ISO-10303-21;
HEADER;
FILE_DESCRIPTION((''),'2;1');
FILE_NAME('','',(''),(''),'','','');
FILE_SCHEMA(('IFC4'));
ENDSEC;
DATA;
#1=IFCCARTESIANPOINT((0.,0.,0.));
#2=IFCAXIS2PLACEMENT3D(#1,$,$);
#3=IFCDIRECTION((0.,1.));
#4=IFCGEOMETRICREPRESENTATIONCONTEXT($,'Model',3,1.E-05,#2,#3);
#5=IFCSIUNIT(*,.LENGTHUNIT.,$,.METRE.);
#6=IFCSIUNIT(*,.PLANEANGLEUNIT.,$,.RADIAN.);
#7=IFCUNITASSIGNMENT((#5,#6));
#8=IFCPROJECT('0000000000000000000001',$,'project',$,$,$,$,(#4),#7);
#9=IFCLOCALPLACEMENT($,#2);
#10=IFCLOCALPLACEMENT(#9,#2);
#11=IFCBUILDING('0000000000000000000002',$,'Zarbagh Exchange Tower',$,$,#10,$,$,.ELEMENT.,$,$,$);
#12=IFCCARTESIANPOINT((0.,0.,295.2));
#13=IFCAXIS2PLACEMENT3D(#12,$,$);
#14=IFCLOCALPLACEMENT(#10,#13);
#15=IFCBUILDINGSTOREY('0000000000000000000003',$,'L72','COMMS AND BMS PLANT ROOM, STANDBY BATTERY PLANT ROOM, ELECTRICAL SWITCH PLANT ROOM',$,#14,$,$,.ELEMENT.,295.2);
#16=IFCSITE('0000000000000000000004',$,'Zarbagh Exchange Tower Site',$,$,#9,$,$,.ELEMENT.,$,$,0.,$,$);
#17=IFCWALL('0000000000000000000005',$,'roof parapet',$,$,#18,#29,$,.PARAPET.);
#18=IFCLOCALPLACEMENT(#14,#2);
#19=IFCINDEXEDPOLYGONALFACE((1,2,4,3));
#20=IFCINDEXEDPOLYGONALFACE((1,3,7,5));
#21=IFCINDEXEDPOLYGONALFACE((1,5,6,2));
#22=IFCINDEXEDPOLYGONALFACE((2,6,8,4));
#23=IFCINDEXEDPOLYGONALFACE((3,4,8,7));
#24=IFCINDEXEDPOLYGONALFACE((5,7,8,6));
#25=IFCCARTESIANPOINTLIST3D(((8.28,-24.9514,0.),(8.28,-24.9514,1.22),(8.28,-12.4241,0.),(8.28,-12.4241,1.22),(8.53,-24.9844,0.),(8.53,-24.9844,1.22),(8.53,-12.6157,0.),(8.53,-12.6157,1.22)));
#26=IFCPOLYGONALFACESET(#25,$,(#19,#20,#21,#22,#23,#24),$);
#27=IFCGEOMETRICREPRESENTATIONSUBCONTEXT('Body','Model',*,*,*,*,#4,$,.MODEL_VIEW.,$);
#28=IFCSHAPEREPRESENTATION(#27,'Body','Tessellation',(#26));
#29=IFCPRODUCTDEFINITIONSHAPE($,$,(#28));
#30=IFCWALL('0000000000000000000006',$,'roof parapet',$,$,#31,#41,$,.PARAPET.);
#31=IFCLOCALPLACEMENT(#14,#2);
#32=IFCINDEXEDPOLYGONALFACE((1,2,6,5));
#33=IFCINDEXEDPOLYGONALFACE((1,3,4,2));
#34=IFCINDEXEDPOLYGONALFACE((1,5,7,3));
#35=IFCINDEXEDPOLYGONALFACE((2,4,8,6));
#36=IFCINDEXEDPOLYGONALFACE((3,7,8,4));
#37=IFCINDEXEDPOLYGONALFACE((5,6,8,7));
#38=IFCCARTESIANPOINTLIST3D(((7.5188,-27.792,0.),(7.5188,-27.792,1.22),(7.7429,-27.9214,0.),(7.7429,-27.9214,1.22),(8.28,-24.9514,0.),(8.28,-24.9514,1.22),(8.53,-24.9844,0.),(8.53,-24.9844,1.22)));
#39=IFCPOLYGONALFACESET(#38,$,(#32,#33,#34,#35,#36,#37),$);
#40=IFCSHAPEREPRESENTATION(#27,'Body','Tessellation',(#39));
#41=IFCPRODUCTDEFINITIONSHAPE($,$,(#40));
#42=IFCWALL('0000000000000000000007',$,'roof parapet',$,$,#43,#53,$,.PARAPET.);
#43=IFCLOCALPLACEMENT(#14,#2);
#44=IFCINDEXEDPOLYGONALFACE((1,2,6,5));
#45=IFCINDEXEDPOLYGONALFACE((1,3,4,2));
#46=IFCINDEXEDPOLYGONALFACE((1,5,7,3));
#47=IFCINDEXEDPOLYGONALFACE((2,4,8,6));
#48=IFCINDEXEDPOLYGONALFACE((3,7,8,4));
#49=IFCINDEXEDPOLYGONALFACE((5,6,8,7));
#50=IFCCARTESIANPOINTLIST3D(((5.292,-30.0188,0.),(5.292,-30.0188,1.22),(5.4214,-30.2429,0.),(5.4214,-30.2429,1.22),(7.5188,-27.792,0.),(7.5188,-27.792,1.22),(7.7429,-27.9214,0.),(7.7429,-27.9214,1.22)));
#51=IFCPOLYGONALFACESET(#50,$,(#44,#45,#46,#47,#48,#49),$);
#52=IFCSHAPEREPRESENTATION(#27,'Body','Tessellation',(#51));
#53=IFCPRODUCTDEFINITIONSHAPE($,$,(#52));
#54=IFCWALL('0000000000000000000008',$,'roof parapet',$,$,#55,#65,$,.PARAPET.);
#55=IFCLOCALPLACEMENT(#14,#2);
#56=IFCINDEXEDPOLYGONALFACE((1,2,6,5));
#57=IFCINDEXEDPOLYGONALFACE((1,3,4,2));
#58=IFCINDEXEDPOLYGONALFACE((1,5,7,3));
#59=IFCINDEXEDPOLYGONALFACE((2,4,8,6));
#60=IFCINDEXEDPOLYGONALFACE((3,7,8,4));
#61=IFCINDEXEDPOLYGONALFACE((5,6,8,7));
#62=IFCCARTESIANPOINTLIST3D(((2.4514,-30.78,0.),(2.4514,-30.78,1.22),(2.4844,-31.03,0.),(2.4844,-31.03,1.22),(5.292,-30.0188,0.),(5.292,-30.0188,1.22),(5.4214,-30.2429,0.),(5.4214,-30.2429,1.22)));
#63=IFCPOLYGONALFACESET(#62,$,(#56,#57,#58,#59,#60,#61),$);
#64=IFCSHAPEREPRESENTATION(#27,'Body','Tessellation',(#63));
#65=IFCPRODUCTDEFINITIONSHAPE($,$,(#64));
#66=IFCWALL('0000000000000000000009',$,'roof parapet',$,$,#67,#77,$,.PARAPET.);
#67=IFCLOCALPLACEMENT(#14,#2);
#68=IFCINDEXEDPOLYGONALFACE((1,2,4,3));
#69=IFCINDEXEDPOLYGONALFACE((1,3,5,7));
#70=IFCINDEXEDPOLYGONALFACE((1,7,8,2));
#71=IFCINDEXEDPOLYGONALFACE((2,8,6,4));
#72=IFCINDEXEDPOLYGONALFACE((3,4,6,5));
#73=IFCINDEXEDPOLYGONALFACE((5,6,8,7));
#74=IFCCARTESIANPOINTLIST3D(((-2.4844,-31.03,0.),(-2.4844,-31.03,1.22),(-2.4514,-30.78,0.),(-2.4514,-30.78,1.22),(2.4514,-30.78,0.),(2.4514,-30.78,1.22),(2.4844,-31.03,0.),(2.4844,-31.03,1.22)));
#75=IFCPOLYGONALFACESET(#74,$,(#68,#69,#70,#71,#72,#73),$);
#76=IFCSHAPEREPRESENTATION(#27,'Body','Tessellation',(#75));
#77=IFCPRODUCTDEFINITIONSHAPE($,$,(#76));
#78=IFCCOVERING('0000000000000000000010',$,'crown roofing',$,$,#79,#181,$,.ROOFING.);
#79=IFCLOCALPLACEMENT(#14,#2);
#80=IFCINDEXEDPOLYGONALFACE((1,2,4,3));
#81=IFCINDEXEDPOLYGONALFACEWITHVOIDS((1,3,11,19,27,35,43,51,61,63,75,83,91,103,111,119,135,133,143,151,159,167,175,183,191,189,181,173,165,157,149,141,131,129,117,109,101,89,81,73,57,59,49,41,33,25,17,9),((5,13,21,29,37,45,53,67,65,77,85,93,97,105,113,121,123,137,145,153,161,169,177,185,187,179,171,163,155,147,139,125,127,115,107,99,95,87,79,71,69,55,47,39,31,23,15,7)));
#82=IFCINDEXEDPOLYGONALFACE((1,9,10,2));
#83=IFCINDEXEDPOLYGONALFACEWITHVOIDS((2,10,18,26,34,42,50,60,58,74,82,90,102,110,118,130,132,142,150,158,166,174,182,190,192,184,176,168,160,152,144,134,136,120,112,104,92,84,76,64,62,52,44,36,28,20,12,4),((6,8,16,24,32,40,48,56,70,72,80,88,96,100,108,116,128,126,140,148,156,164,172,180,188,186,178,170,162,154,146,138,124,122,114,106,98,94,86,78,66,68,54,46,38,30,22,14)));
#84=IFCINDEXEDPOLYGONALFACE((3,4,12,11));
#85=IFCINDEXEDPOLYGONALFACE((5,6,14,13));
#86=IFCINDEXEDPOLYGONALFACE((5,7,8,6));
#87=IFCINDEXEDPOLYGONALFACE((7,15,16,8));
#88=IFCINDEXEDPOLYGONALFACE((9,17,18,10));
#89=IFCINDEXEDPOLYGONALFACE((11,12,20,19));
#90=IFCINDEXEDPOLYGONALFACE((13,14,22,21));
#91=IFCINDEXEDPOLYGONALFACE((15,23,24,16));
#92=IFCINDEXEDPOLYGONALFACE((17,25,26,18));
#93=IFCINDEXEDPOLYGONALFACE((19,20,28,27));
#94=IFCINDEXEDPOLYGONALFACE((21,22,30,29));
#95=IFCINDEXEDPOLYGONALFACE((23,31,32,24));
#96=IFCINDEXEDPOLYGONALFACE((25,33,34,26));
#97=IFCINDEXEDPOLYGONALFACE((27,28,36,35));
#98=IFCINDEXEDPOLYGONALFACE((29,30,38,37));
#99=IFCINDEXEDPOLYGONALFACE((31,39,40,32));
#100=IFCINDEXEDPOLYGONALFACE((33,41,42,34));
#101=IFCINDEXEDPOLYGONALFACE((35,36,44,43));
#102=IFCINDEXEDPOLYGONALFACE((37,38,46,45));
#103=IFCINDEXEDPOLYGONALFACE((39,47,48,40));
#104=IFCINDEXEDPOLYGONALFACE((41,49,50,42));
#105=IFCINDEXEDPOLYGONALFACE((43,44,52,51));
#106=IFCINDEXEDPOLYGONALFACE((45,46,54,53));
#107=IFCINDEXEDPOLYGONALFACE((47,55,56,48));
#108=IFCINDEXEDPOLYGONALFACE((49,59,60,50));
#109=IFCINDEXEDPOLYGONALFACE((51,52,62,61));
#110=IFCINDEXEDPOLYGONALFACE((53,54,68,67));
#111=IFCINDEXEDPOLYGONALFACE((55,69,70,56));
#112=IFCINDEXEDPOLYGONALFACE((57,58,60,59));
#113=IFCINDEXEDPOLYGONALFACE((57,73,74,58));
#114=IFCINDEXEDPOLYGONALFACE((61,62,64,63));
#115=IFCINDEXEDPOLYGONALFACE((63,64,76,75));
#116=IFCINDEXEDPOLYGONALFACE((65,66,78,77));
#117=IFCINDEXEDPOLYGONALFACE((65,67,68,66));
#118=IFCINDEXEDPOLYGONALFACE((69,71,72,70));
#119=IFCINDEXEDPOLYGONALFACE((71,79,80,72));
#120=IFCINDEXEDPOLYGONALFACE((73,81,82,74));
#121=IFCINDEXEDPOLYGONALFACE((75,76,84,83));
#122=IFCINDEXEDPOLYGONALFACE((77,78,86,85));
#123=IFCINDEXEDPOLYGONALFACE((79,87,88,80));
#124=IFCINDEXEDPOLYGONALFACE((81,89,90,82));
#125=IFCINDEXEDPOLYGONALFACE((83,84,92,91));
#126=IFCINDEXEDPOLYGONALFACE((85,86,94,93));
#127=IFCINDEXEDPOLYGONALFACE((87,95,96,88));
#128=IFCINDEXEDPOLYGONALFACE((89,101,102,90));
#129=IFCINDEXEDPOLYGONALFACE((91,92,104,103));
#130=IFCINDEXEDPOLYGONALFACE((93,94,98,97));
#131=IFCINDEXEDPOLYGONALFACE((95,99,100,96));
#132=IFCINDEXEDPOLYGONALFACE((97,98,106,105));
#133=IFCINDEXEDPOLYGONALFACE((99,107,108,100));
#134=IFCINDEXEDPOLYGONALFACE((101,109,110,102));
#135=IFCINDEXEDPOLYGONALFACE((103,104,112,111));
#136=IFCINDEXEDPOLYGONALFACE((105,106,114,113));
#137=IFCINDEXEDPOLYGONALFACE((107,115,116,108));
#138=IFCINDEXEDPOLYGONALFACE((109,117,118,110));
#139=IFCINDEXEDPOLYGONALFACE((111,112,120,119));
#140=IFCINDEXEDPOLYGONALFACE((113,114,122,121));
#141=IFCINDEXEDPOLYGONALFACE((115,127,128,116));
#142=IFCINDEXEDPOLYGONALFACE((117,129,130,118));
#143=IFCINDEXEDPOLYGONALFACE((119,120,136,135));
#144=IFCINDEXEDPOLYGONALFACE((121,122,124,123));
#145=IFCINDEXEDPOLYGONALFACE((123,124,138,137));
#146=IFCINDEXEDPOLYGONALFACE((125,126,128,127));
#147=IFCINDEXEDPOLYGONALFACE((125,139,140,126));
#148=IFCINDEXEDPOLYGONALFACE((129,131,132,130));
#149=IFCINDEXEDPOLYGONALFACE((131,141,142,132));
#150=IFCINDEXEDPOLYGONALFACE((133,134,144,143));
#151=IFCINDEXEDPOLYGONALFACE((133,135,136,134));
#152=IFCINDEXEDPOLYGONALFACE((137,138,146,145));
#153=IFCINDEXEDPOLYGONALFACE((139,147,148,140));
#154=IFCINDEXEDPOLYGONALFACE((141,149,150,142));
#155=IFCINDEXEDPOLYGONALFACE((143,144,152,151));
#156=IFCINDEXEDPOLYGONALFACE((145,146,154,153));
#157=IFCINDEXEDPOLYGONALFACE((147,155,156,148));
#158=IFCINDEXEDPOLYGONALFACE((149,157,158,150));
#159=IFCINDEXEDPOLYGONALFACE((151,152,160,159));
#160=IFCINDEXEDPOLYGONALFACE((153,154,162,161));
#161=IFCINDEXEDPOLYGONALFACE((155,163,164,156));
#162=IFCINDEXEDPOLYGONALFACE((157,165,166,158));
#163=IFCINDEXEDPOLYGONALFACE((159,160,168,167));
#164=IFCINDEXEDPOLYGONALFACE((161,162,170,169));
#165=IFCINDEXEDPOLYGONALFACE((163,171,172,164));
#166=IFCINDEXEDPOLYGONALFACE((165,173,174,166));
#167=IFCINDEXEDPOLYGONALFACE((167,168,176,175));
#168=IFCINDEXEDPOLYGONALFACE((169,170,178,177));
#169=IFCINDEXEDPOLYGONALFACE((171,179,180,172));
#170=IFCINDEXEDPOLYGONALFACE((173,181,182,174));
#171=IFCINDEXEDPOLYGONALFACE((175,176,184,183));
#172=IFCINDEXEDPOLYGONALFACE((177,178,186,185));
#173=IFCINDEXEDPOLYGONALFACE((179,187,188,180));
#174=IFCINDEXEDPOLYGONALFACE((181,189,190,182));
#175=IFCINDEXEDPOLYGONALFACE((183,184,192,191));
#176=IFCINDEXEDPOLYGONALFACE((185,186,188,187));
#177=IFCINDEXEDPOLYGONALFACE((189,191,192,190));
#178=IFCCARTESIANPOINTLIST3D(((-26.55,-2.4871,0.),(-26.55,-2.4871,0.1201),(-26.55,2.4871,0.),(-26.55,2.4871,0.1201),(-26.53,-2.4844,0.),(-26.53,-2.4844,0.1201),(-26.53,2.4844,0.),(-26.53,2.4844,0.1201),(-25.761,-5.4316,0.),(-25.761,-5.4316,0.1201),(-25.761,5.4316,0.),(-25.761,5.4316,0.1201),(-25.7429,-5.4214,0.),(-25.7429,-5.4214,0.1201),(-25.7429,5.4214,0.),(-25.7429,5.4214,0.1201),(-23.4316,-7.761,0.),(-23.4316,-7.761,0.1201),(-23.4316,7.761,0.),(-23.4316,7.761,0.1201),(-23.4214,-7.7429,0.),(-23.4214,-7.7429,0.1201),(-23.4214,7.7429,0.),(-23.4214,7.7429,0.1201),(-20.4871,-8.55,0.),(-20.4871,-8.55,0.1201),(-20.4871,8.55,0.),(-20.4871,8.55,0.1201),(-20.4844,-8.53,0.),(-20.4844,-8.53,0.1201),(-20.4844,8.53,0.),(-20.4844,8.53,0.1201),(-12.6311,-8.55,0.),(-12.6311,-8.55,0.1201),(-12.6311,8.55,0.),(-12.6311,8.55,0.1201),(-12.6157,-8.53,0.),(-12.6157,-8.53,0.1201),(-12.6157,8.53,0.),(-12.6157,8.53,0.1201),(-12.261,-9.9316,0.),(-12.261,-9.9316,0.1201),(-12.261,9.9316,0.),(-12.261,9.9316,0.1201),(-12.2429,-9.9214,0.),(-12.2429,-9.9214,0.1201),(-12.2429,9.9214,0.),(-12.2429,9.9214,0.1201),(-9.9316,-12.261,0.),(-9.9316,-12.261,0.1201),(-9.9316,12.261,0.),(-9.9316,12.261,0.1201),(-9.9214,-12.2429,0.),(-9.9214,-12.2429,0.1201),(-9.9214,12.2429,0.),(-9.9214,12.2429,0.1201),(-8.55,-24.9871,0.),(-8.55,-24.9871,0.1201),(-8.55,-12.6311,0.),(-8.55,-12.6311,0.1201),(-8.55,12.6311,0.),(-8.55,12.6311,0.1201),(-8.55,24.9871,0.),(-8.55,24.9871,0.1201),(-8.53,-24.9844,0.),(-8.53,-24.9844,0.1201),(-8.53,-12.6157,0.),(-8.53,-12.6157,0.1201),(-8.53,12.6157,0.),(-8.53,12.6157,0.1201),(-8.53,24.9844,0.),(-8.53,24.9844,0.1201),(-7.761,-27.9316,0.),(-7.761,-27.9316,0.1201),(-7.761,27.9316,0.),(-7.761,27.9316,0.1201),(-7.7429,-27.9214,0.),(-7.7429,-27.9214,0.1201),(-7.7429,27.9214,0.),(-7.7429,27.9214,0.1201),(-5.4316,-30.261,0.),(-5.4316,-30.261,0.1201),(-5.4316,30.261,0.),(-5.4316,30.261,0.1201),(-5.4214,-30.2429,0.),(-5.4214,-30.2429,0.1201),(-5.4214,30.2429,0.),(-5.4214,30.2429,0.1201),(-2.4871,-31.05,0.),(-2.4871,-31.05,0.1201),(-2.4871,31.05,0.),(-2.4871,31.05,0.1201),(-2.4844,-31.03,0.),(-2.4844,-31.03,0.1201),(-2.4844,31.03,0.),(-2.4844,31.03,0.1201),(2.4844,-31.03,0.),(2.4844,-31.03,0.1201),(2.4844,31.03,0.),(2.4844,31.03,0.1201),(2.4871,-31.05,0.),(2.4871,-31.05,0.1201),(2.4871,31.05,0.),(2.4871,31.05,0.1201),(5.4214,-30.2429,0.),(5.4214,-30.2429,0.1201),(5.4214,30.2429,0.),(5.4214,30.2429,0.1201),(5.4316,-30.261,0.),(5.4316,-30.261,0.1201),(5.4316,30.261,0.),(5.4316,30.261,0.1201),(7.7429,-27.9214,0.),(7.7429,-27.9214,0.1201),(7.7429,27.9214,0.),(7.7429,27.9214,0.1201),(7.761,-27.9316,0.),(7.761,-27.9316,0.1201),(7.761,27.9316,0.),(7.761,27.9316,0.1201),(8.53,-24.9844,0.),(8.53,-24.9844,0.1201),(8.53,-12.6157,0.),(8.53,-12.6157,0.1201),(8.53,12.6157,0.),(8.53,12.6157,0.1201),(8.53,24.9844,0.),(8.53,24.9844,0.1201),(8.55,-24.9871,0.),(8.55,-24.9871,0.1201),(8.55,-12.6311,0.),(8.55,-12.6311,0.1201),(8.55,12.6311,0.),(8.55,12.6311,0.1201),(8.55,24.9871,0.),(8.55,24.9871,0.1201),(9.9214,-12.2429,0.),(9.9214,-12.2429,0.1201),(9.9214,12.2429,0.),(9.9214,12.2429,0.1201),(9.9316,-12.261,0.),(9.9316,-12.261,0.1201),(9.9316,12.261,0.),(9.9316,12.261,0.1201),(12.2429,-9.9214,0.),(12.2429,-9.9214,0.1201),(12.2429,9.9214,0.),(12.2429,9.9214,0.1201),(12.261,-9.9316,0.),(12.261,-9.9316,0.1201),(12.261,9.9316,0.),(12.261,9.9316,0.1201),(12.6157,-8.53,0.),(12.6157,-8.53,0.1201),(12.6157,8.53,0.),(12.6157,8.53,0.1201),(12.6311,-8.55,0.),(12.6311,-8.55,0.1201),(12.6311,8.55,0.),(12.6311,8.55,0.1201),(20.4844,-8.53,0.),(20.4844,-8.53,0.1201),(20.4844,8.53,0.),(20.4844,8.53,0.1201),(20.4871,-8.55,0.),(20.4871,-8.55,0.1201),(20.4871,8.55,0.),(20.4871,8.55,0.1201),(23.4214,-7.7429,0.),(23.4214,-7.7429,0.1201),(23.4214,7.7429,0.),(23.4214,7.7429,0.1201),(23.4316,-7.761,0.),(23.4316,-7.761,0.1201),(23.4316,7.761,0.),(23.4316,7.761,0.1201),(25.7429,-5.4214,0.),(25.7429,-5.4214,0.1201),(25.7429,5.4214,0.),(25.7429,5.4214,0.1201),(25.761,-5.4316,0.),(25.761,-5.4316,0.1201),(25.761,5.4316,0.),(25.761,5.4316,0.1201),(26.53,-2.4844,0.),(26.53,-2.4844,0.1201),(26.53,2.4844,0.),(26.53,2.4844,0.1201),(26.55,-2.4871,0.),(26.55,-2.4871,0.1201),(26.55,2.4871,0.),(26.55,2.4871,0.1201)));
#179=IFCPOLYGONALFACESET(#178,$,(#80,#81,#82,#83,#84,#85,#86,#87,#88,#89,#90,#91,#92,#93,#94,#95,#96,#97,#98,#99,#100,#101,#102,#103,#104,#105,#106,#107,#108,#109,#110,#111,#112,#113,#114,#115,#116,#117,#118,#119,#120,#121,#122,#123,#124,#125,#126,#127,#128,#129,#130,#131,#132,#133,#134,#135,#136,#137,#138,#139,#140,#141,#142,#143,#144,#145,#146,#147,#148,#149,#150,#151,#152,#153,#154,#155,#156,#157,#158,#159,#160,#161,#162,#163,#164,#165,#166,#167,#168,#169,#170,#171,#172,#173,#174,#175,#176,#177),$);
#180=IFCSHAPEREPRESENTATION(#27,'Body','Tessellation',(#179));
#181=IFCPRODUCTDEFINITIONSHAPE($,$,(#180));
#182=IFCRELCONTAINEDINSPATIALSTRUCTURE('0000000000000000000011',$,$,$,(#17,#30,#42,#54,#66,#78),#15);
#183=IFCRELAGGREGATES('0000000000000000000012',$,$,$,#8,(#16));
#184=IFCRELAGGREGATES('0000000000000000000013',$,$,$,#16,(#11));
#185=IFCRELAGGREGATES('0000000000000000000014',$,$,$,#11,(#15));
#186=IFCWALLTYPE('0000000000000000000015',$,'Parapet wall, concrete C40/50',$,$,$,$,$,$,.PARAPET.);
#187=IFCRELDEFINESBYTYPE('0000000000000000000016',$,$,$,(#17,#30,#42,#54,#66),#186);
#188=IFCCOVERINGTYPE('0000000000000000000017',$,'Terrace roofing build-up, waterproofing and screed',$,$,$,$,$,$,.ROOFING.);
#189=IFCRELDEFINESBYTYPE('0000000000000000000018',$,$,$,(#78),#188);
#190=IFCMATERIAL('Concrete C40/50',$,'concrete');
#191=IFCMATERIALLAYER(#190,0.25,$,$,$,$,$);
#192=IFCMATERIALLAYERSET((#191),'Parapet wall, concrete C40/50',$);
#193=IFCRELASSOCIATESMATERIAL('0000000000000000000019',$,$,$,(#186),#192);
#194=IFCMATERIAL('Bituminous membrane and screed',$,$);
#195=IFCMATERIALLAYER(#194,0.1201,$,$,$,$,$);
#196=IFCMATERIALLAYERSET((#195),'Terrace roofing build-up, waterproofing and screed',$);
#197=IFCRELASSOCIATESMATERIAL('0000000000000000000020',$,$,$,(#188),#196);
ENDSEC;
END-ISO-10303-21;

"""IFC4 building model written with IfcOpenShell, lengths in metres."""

from ifc_helpers import new_model, si_unit, direction, frame, origin, place, context, subcontext, project, spatial, polyline, outline, extrude, material, layer, layer_set, type_object, element, save


model = new_model("IFC4")

# Units and contexts
model_context = context("Model", 3, precision=1e-05, world=origin(), true_north=direction((0.0, 1.0)))
body_context = subcontext(model_context, "Body", "Model", "MODEL_VIEW")
ifc_project = project(units=[si_unit("LENGTHUNIT", "METRE"), si_unit("PLANEANGLEUNIT", "RADIAN")], contexts=[model_context])

# Site, building, storey
site_placement = place(None, origin())
site = spatial("IfcSite", under=ifc_project, at=site_placement, Name="Zarbagh Exchange Tower Site", CompositionType="ELEMENT", RefElevation=0.0)
building_placement = place(site_placement, origin())
building = spatial("IfcBuilding", under=site, at=building_placement, Name="Zarbagh Exchange Tower", CompositionType="ELEMENT")
storey_placement = place(building_placement, frame((0.0, 0.0, 295.2)))
storey = spatial("IfcBuildingStorey", under=building, at=storey_placement, Name="L72", Description="COMMS AND BMS PLANT ROOM, STANDBY BATTERY PLANT ROOM, ELECTRICAL SWITCH PLANT ROOM", CompositionType="ELEMENT", Elevation=295.2)

# Walls
ifc_material_1 = material(Name="Concrete C40/50", Category="concrete")
ifc_layer_1 = layer(ifc_material_1, 0.25)
ifc_layer_set_1 = layer_set([ifc_layer_1], Name="Parapet wall, concrete C40/50")
wall_type = type_object("IfcWallType", Name="Parapet wall, concrete C40/50", PredefinedType="PARAPET", material=ifc_layer_set_1)
wall_1_placement = place(storey_placement, origin())
element("IfcWall", 1, at=wall_1_placement, inside=storey, type_object=wall_type, Name="roof parapet", PredefinedType="PARAPET", context=body_context, shape_type="SweptSolid", body=[
    extrude(outline(polyline([(8.53, -12.6157), (8.53, -24.9844), (8.28, -24.9514), (8.28, -12.4241), (8.53, -12.6157)])), origin(), (0.0, 0.0, 1.0), 1.22),
])
wall_2_placement = place(storey_placement, origin())
element("IfcWall", 2, at=wall_2_placement, inside=storey, type_object=wall_type, Name="roof parapet", PredefinedType="PARAPET", context=body_context, shape_type="SweptSolid", body=[
    extrude(outline(polyline([(8.53, -24.9844), (7.7429, -27.9214), (7.5188, -27.792), (8.28, -24.9514), (8.53, -24.9844)])), origin(), (0.0, 0.0, 1.0), 1.22),
])
wall_3_placement = place(storey_placement, origin())
element("IfcWall", 3, at=wall_3_placement, inside=storey, type_object=wall_type, Name="roof parapet", PredefinedType="PARAPET", context=body_context, shape_type="SweptSolid", body=[
    extrude(outline(polyline([(7.7429, -27.9214), (5.4214, -30.2429), (5.292, -30.0188), (7.5188, -27.792), (7.7429, -27.9214)])), origin(), (0.0, 0.0, 1.0), 1.22),
])
wall_4_placement = place(storey_placement, origin())
element("IfcWall", 4, at=wall_4_placement, inside=storey, type_object=wall_type, Name="roof parapet", PredefinedType="PARAPET", context=body_context, shape_type="SweptSolid", body=[
    extrude(outline(polyline([(5.4214, -30.2429), (2.4844, -31.03), (2.4514, -30.78), (5.292, -30.0188), (5.4214, -30.2429)])), origin(), (0.0, 0.0, 1.0), 1.22),
])
wall_5_placement = place(storey_placement, origin())
element("IfcWall", 5, at=wall_5_placement, inside=storey, type_object=wall_type, Name="roof parapet", PredefinedType="PARAPET", context=body_context, shape_type="SweptSolid", body=[
    extrude(outline(polyline([(2.4844, -31.03), (-2.4844, -31.03), (-2.4514, -30.78), (2.4514, -30.78), (2.4844, -31.03)])), origin(), (0.0, 0.0, 1.0), 1.22),
])

# Covering
ifc_material_2 = material(Name="Bituminous membrane and screed")
ifc_layer_2 = layer(ifc_material_2, 0.1201)
ifc_layer_set_2 = layer_set([ifc_layer_2], Name="Terrace roofing build-up, waterproofing and screed")
covering_type = type_object("IfcCoveringType", Name="Terrace roofing build-up, waterproofing and screed", PredefinedType="ROOFING", material=ifc_layer_set_2)
covering_placement = place(storey_placement, origin())
element("IfcCovering", 6, at=covering_placement, inside=storey, type_object=covering_type, Name="crown roofing", PredefinedType="ROOFING", context=body_context, shape_type="SweptSolid", body=[
    extrude(outline(polyline([(-5.4316, -30.261), (-7.761, -27.9316), (-8.55, -24.9871), (-8.55, -12.6311), (-9.9316, -12.261), (-12.261, -9.9316), (-12.6311, -8.55), (-20.4871, -8.55), (-23.4316, -7.761), (-25.761, -5.4316), (-26.55, -2.4871), (-26.55, 2.4871), (-25.761, 5.4316), (-23.4316, 7.761), (-20.4871, 8.55), (-12.6311, 8.55), (-12.261, 9.9316), (-9.9316, 12.261), (-8.55, 12.6311), (-8.55, 24.9871), (-7.761, 27.9316), (-5.4316, 30.261), (-2.4871, 31.05), (2.4871, 31.05), (5.4316, 30.261), (7.761, 27.9316), (8.55, 24.9871), (8.55, 12.6311), (9.9316, 12.261), (12.261, 9.9316), (12.6311, 8.55), (20.4871, 8.55), (23.4316, 7.761), (25.761, 5.4316), (26.55, 2.4871), (26.55, -2.4871), (25.761, -5.4316), (23.4316, -7.761), (20.4871, -8.55), (12.6311, -8.55), (12.261, -9.9316), (9.9316, -12.261), (8.55, -12.6311), (8.55, -24.9871), (7.761, -27.9316), (5.4316, -30.261), (2.4871, -31.05), (-2.4871, -31.05), (-5.4316, -30.261)]), holes=[polyline([(-12.6157, -8.53), (-12.2429, -9.9214), (-9.9214, -12.2429), (-8.53, -12.6157), (-8.53, -24.9844), (-7.7429, -27.9214), (-5.4214, -30.2429), (-2.4844, -31.03), (2.4844, -31.03), (5.4214, -30.2429), (7.7429, -27.9214), (8.53, -24.9844), (8.53, -12.6157), (9.9214, -12.2429), (12.2429, -9.9214), (12.6157, -8.53), (20.4844, -8.53), (23.4214, -7.7429), (25.7429, -5.4214), (26.53, -2.4844), (26.53, 2.4844), (25.7429, 5.4214), (23.4214, 7.7429), (20.4844, 8.53), (12.6157, 8.53), (12.2429, 9.9214), (9.9214, 12.2429), (8.53, 12.6157), (8.53, 24.9844), (7.7429, 27.9214), (5.4214, 30.2429), (2.4844, 31.03), (-2.4844, 31.03), (-5.4214, 30.2429), (-7.7429, 27.9214), (-8.53, 24.9844), (-8.53, 12.6157), (-9.9214, 12.2429), (-12.2429, 9.9214), (-12.6157, 8.53), (-20.4844, 8.53), (-23.4214, 7.7429), (-25.7429, 5.4214), (-26.53, 2.4844), (-26.53, -2.4844), (-25.7429, -5.4214), (-23.4214, -7.7429), (-20.4844, -8.53), (-12.6157, -8.53)])]), origin(), (0.0, 0.0, 1.0), 0.1201),
])

save(model, "model.ifc")
